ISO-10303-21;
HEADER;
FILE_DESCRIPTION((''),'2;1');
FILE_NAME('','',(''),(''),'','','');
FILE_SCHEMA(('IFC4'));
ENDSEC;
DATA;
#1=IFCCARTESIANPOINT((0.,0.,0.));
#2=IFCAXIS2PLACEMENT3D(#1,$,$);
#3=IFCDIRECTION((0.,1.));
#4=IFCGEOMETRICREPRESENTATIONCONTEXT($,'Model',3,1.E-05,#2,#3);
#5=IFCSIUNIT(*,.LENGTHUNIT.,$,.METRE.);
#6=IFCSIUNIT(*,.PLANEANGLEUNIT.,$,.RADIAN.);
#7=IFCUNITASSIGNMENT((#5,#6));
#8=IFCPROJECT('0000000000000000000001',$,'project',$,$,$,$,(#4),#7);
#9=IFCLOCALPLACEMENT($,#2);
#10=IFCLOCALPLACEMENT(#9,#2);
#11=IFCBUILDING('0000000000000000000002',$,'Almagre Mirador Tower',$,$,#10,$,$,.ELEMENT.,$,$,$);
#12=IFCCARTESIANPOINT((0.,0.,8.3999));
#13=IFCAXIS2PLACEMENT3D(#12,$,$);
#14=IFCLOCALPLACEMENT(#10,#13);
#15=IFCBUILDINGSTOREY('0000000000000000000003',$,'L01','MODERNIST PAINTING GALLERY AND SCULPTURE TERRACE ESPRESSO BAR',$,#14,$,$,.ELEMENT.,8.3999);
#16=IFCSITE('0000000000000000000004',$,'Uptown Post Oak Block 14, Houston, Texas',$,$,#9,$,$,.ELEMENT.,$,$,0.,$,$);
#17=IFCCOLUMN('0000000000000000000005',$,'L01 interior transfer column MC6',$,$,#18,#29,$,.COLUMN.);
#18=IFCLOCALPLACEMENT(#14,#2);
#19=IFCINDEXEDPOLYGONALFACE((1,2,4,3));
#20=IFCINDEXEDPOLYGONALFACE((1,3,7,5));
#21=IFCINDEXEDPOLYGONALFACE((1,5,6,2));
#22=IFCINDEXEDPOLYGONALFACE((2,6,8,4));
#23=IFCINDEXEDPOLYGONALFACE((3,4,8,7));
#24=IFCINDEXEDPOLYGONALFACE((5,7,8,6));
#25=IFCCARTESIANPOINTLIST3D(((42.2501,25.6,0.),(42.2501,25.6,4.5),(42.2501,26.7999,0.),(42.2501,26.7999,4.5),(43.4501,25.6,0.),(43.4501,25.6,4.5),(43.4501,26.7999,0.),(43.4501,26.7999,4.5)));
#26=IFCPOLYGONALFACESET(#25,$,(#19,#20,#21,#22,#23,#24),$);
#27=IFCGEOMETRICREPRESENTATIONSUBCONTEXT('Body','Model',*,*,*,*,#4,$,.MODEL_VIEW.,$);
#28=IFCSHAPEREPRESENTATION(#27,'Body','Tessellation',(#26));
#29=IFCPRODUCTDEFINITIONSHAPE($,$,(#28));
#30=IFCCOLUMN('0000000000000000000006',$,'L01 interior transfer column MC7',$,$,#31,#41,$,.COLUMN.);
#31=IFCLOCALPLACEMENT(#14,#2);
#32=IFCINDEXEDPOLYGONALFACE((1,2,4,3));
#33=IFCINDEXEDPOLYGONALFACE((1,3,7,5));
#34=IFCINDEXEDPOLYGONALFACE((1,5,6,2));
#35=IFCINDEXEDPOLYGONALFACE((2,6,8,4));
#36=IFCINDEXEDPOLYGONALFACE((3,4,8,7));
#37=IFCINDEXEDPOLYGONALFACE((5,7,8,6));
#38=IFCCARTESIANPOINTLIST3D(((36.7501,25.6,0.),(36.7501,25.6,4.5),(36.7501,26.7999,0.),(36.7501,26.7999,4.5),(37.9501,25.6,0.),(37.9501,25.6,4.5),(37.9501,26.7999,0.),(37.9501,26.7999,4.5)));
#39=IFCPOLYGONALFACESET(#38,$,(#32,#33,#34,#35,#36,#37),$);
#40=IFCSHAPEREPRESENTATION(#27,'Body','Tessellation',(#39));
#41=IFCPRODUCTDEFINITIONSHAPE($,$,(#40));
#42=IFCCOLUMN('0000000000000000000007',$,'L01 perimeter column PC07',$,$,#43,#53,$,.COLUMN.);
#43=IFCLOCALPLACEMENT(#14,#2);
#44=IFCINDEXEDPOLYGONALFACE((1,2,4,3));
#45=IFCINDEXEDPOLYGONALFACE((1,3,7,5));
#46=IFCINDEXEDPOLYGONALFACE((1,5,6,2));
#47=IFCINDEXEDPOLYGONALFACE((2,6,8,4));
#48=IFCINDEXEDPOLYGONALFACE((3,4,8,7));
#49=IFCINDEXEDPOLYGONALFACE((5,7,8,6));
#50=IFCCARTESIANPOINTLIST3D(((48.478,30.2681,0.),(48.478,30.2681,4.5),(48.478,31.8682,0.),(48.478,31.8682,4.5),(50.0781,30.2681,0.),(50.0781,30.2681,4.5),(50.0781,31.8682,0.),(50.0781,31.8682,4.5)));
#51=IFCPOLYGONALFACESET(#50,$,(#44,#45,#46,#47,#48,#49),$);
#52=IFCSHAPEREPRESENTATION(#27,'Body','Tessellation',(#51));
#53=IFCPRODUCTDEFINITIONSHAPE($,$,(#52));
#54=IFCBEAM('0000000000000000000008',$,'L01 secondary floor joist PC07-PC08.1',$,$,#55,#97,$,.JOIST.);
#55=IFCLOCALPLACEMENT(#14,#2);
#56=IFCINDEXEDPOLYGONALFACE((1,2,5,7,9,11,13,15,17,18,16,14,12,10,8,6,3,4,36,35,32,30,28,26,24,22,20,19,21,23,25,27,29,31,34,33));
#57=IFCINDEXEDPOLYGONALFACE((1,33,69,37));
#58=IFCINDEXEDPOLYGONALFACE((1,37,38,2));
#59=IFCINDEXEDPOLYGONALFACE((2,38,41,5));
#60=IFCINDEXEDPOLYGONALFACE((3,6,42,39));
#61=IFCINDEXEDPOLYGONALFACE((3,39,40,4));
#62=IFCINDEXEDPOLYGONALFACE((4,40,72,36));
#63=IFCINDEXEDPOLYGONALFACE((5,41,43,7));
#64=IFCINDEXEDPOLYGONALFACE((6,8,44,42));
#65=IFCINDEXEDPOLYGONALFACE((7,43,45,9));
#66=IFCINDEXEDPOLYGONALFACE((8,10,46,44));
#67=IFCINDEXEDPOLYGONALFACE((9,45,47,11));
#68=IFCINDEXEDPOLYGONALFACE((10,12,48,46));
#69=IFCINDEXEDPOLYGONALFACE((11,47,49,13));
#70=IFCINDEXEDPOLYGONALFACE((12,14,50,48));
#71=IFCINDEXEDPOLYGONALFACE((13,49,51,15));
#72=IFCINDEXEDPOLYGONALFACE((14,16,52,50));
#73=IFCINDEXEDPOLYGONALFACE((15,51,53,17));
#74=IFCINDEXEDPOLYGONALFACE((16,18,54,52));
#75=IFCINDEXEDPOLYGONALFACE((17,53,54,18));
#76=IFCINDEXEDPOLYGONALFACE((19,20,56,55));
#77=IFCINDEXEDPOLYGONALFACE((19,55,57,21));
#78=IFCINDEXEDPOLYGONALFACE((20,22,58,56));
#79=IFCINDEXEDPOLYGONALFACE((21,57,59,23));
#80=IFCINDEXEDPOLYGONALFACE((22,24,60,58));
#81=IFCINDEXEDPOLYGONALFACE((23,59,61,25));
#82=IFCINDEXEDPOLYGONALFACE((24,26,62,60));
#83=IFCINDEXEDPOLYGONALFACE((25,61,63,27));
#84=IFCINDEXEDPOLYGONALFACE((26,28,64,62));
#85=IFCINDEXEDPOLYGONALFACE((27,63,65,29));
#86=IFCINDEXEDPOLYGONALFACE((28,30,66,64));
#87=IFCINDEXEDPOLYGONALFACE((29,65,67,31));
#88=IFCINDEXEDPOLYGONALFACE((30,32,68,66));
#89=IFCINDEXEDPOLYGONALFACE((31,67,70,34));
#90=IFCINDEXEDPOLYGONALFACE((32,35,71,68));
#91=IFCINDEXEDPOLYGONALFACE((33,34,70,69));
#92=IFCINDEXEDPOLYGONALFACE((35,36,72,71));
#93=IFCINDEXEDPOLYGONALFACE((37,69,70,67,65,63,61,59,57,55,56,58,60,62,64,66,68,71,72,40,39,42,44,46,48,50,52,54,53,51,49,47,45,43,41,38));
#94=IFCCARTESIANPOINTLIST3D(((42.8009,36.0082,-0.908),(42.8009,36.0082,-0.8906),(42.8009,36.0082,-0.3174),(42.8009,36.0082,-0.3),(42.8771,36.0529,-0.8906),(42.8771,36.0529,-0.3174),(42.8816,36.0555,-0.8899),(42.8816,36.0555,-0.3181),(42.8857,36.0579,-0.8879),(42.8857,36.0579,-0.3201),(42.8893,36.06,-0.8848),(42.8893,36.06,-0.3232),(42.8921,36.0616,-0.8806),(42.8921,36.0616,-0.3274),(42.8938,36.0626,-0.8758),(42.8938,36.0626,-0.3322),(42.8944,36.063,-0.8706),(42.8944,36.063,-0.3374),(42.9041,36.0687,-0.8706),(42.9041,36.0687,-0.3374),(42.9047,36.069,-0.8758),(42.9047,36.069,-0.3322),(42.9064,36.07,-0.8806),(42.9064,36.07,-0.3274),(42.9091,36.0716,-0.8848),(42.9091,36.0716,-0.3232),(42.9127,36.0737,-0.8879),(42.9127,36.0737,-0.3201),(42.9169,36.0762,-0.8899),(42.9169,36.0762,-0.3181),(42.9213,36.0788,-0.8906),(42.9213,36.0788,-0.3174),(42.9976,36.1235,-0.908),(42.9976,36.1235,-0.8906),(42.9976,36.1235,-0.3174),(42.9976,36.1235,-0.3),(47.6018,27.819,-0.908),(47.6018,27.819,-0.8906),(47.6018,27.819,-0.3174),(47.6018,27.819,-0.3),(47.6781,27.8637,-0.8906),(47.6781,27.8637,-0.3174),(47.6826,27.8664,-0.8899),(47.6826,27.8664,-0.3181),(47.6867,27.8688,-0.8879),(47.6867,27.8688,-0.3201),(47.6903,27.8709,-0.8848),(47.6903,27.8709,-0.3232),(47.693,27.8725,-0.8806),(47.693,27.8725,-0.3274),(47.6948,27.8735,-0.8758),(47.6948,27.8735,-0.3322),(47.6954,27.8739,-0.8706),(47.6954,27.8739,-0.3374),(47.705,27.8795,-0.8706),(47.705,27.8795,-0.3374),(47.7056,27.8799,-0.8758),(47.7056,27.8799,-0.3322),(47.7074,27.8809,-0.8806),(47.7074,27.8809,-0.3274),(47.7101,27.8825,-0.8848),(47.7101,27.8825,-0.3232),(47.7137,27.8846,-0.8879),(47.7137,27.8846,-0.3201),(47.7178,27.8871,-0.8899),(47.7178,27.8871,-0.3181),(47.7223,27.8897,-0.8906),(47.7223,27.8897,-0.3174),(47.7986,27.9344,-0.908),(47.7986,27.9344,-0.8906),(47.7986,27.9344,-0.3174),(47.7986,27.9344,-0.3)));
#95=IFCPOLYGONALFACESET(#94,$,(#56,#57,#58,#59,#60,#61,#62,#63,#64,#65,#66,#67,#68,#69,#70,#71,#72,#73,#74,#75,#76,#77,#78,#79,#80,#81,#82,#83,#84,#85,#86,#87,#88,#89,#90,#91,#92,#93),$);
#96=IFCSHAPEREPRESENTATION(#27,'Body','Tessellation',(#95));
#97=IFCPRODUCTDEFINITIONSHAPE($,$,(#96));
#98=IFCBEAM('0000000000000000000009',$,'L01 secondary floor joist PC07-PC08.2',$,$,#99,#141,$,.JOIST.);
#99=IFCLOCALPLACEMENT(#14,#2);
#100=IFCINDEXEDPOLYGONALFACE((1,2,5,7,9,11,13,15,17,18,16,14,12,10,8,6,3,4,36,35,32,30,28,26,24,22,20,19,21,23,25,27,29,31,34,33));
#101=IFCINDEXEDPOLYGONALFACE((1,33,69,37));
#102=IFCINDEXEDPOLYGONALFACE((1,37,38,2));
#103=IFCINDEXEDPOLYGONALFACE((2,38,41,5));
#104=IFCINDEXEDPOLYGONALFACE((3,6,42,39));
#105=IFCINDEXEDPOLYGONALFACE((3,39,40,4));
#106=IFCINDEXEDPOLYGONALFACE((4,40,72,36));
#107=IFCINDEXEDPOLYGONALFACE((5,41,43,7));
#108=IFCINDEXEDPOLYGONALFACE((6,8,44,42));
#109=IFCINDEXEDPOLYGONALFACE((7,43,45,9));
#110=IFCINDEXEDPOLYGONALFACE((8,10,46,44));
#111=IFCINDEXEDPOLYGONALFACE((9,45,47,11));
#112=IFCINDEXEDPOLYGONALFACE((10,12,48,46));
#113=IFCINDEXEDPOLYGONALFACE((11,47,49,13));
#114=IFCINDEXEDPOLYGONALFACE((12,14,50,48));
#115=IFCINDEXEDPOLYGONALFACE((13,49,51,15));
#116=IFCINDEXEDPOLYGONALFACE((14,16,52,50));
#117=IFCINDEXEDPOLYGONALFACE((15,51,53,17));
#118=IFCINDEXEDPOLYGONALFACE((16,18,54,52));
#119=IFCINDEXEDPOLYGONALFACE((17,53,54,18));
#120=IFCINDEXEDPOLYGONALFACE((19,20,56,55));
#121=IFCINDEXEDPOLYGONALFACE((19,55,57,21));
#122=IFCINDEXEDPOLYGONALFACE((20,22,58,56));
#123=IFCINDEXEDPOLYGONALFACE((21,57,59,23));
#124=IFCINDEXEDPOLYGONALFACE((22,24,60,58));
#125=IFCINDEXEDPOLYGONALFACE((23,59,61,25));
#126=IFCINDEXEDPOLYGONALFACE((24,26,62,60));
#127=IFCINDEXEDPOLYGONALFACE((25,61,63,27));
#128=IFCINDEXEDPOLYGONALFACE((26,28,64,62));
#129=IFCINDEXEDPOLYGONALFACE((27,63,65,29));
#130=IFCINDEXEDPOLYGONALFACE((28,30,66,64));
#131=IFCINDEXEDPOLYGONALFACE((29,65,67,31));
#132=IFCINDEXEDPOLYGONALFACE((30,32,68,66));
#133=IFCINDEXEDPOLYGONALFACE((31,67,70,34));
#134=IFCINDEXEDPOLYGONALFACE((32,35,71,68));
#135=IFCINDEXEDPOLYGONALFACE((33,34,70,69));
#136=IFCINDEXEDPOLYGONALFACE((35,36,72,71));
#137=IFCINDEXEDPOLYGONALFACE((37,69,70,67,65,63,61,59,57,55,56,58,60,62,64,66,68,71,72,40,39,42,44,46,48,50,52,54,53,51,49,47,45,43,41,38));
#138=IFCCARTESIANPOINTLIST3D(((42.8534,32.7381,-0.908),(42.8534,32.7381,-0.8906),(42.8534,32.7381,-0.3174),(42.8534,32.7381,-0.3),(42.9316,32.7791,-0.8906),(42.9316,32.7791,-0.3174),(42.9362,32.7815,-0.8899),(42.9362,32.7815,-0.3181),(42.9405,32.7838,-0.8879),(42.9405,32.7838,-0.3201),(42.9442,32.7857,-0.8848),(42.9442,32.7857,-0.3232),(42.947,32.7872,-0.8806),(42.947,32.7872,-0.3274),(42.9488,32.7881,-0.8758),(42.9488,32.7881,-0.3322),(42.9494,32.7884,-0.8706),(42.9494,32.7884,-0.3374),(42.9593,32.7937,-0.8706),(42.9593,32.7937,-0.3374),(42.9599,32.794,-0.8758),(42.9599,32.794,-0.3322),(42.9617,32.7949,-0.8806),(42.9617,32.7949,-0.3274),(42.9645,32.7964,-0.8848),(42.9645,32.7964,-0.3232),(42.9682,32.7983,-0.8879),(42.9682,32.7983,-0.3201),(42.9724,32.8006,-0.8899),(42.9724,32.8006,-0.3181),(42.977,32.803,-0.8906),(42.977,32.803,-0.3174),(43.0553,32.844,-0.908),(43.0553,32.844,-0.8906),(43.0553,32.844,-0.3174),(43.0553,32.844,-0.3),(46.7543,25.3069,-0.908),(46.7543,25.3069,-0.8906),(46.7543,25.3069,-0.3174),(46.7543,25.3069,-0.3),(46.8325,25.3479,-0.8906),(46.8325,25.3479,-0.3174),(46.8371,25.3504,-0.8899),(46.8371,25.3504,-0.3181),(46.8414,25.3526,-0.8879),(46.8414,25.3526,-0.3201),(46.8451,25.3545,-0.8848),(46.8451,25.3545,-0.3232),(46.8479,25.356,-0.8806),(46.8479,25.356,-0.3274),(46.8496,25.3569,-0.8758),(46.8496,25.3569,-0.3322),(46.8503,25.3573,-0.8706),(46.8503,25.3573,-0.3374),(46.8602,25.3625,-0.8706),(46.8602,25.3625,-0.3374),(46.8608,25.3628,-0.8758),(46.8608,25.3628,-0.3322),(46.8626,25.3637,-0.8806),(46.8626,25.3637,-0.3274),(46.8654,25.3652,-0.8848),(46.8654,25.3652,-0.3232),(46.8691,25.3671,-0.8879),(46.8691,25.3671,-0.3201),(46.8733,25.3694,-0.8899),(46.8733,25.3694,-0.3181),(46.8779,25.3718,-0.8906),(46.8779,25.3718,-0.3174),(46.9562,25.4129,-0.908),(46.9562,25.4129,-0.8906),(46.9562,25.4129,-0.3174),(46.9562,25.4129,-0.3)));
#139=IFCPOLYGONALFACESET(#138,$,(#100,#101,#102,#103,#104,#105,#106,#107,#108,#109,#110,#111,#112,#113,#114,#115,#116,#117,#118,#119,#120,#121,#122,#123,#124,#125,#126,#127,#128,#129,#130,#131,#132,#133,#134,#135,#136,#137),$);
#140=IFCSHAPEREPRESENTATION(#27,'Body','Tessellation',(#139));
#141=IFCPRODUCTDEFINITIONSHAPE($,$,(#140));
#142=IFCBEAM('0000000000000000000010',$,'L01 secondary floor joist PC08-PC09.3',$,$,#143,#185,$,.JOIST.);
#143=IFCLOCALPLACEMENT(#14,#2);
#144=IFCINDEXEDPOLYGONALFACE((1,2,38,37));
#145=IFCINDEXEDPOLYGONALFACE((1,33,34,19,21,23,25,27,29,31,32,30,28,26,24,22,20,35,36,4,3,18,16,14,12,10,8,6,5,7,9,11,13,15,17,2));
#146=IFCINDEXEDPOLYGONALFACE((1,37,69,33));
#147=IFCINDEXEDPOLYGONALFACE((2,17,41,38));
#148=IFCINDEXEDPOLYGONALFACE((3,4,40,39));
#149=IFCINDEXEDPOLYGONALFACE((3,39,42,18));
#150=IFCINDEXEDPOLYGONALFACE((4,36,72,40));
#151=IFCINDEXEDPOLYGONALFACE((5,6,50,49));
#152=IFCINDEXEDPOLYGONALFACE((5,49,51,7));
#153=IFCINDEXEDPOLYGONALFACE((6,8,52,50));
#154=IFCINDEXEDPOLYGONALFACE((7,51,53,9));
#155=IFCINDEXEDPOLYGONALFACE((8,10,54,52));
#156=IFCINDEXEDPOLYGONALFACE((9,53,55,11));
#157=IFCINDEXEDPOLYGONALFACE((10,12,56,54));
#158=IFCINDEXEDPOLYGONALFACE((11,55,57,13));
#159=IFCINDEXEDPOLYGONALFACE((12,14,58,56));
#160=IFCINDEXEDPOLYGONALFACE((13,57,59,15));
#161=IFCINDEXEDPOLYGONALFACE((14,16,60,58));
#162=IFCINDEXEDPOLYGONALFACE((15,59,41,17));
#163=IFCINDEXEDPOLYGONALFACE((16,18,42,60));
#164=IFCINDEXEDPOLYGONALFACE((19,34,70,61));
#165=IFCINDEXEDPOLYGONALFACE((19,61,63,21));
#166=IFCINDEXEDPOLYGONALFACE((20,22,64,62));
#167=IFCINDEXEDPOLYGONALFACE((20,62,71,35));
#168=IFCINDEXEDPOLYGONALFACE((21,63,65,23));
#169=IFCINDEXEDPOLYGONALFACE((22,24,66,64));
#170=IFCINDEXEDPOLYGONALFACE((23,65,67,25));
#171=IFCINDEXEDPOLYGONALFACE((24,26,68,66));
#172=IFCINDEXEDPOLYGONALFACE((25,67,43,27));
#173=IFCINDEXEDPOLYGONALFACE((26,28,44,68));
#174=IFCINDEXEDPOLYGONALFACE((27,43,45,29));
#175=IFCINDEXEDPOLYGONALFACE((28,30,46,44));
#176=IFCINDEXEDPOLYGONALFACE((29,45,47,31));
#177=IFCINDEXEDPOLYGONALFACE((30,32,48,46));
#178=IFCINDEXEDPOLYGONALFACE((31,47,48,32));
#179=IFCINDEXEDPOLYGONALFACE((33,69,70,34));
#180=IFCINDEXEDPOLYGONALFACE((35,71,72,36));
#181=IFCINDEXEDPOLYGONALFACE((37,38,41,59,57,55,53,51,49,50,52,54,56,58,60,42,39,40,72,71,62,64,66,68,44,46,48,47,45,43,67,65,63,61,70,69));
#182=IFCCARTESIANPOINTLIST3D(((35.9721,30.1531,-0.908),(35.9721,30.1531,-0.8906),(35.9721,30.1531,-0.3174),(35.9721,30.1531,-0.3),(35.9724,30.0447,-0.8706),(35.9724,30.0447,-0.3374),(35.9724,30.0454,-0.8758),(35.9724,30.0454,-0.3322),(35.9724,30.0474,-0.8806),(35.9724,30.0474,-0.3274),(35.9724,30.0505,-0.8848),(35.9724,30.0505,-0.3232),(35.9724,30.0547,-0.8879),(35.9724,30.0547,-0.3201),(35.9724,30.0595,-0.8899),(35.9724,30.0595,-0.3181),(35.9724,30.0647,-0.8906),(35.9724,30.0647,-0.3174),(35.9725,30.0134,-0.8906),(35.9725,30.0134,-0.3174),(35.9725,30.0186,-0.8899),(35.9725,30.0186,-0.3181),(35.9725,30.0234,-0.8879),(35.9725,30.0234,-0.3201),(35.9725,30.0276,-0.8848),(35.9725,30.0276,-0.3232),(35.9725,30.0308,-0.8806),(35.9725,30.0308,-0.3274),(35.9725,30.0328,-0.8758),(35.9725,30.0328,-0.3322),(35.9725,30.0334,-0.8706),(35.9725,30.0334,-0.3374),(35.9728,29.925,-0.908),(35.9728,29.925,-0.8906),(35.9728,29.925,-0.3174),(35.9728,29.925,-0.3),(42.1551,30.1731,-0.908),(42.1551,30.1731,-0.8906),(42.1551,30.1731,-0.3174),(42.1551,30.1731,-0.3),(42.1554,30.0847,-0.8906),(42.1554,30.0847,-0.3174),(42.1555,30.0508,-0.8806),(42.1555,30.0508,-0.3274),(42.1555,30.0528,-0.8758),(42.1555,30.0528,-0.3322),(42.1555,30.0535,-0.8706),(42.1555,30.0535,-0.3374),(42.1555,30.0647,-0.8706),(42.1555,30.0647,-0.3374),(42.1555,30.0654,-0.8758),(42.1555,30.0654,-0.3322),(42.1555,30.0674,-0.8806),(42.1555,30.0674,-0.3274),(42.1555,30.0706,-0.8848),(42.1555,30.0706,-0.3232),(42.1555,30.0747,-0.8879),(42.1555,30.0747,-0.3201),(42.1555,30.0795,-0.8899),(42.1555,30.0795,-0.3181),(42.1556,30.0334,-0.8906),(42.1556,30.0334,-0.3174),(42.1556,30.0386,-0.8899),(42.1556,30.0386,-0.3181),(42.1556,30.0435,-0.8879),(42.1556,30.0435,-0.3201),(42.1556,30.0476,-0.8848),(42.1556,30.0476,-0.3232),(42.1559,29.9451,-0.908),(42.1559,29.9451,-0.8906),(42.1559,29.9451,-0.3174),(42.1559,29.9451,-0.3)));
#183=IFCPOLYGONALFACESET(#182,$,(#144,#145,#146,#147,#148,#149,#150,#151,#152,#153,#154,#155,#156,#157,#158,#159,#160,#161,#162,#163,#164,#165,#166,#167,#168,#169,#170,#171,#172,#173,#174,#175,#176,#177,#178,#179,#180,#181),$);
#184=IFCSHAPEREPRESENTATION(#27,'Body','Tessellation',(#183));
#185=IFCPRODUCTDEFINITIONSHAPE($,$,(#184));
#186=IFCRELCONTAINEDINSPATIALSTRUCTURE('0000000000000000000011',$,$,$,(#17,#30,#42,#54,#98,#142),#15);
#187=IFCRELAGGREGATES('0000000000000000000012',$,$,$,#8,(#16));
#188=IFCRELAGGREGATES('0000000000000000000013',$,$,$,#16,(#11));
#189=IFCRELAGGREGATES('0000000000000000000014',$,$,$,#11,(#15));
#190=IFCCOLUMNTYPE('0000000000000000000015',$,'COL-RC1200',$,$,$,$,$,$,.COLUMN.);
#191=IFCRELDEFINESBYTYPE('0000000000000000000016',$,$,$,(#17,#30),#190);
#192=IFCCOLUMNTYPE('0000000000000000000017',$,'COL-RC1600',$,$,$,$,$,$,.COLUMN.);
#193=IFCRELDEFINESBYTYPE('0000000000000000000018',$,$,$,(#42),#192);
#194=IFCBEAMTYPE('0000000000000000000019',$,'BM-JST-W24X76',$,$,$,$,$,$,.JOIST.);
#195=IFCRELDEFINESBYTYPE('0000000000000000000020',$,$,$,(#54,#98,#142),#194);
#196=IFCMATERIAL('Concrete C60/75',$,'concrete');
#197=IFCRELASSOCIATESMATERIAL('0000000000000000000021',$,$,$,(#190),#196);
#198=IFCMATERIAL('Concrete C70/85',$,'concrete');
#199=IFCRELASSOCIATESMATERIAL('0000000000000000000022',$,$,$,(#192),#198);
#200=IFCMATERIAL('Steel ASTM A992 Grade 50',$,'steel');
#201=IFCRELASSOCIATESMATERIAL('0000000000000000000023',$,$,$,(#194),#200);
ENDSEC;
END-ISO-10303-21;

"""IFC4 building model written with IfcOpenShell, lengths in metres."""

from ifc_helpers import new_model, si_unit, direction, frame, origin, origin_2d, place, context, subcontext, project, spatial, rectangle, i_section, extrude, material, material_profile, profile_set, type_object, element, save


model = new_model("IFC4")

# Units and contexts
model_context = context("Model", 3, precision=1e-05, world=origin(), true_north=direction((0.0, 1.0)))
body_context = subcontext(model_context, "Body", "Model", "MODEL_VIEW")
ifc_project = project(units=[si_unit("LENGTHUNIT", "METRE"), si_unit("PLANEANGLEUNIT", "RADIAN")], contexts=[model_context])

# Site, building, storey
site_placement = place(None, origin())
site = spatial("IfcSite", under=ifc_project, at=site_placement, Name="Uptown Post Oak Block 14, Houston, Texas", CompositionType="ELEMENT", RefElevation=0.0)
building_placement = place(site_placement, origin())
building = spatial("IfcBuilding", under=site, at=building_placement, Name="Almagre Mirador Tower", CompositionType="ELEMENT")
storey_placement = place(building_placement, frame((0.0, 0.0, 8.3999)))
storey = spatial("IfcBuildingStorey", under=building, at=storey_placement, Name="L01", Description="MODERNIST PAINTING GALLERY AND SCULPTURE TERRACE ESPRESSO BAR", CompositionType="ELEMENT", Elevation=8.3999)

# Columns
ifc_material_1 = material(Name="Concrete C60/75", Category="concrete")
ifc_material_profile_1 = material_profile(ifc_material_1, rectangle(XDim=1.2, YDim=1.2, at=origin_2d()), Name="RC1200X1200")
ifc_profile_set_1 = profile_set([ifc_material_profile_1], Name="Concrete C60/75")
column_type_1 = type_object("IfcColumnType", Name="COL-RC1200", PredefinedType="COLUMN", material=ifc_profile_set_1)
for number, where, z_axis, x_axis, name in (
    (1, (42.8501, 26.2, 0.0), (0.0, 0.0, 1.0), (1.0, 0.0, 0.0), "L01 interior transfer column MC6"),
    (2, (37.3501, 26.2, 0.0), (0.0, 0.0, 1.0), (1.0, 0.0, 0.0), "L01 interior transfer column MC7"),
):
    element("IfcColumn", number, at=place(storey_placement, frame(where, z_axis=z_axis, x_axis=x_axis)), inside=storey, type_object=column_type_1, Name=name, PredefinedType="COLUMN", context=body_context, shape_type="SweptSolid", body=[
        extrude(rectangle(XDim=1.2, YDim=1.2, at=origin_2d()), origin(), (0.0, 0.0, 1.0), 4.5),
    ])
ifc_material_2 = material(Name="Concrete C70/85", Category="concrete")
ifc_material_profile_2 = material_profile(ifc_material_2, rectangle(XDim=1.6001, YDim=1.6001, at=origin_2d()), Name="RC1600X1600")
ifc_profile_set_2 = profile_set([ifc_material_profile_2], Name="Concrete C70/85")
column_type_2 = type_object("IfcColumnType", Name="COL-RC1600", PredefinedType="COLUMN", material=ifc_profile_set_2)
column_placement = place(storey_placement, frame((49.2781, 31.0681, 0.0), z_axis=(0.0, 0.0, 1.0), x_axis=(1.0, 0.0, 0.0)))
element("IfcColumn", 3, at=column_placement, inside=storey, type_object=column_type_2, Name="L01 perimeter column PC07", PredefinedType="COLUMN", context=body_context, shape_type="SweptSolid", body=[
    extrude(rectangle(XDim=1.6001, YDim=1.6001, at=origin_2d()), origin(), (0.0, 0.0, 1.0), 4.5),
])

# Beams
ifc_material_3 = material(Name="Steel ASTM A992 Grade 50", Category="steel")
ifc_material_profile_3 = material_profile(ifc_material_3, i_section(OverallWidth=0.228, OverallDepth=0.6079, WebThickness=0.0112, FlangeThickness=0.0173, FilletRadius=0.02, at=origin_2d()), Name="W24X76")
ifc_profile_set_3 = profile_set([ifc_material_profile_3], Name="Steel ASTM A992 Grade 50")
beam_type_1 = type_object("IfcBeamType", Name="BM-JST-W24X76", PredefinedType="JOIST", material=ifc_profile_set_3)
beam_1_placement = place(storey_placement, frame((47.7002, 27.8767, -0.604), z_axis=(-0.505755, 0.862677, 0.0), x_axis=(-0.862677, -0.505755, 0.0)))
element("IfcBeam", 4, at=beam_1_placement, inside=storey, type_object=beam_type_1, Name="L01 secondary floor joist PC07-PC08.1", PredefinedType="JOIST", context=body_context, shape_type="SweptSolid", body=[
    extrude(i_section(OverallWidth=0.228, OverallDepth=0.6079, WebThickness=0.0112, FlangeThickness=0.0173, FilletRadius=0.02, at=origin_2d()), origin(), (0.0, 0.0, 1.0), 9.4927),
])
beam_2_placement = place(storey_placement, frame((46.8552, 25.3599, -0.604), z_axis=(-0.464789, 0.885421, 0.0), x_axis=(-0.885421, -0.464789, 0.0)))
element("IfcBeam", 5, at=beam_2_placement, inside=storey, type_object=beam_type_1, Name="L01 secondary floor joist PC07-PC08.2", PredefinedType="JOIST", context=body_context, shape_type="SweptSolid", body=[
    extrude(i_section(OverallWidth=0.228, OverallDepth=0.6079, WebThickness=0.0112, FlangeThickness=0.0173, FilletRadius=0.02, at=origin_2d()), origin(), (0.0, 0.0, 1.0), 8.3928),
])
beam_3_placement = place(storey_placement, frame((42.1555, 30.0591, -0.604), z_axis=(-0.999995, -0.003238, 0.0), x_axis=(0.003238, -0.999995, 0.0)))
element("IfcBeam", 6, at=beam_3_placement, inside=storey, type_object=beam_type_1, Name="L01 secondary floor joist PC08-PC09.3", PredefinedType="JOIST", context=body_context, shape_type="SweptSolid", body=[
    extrude(i_section(OverallWidth=0.228, OverallDepth=0.6079, WebThickness=0.0112, FlangeThickness=0.0173, FilletRadius=0.02, at=origin_2d()), origin(), (0.0, 0.0, 1.0), 6.1831),
])

save(model, "model.ifc")
